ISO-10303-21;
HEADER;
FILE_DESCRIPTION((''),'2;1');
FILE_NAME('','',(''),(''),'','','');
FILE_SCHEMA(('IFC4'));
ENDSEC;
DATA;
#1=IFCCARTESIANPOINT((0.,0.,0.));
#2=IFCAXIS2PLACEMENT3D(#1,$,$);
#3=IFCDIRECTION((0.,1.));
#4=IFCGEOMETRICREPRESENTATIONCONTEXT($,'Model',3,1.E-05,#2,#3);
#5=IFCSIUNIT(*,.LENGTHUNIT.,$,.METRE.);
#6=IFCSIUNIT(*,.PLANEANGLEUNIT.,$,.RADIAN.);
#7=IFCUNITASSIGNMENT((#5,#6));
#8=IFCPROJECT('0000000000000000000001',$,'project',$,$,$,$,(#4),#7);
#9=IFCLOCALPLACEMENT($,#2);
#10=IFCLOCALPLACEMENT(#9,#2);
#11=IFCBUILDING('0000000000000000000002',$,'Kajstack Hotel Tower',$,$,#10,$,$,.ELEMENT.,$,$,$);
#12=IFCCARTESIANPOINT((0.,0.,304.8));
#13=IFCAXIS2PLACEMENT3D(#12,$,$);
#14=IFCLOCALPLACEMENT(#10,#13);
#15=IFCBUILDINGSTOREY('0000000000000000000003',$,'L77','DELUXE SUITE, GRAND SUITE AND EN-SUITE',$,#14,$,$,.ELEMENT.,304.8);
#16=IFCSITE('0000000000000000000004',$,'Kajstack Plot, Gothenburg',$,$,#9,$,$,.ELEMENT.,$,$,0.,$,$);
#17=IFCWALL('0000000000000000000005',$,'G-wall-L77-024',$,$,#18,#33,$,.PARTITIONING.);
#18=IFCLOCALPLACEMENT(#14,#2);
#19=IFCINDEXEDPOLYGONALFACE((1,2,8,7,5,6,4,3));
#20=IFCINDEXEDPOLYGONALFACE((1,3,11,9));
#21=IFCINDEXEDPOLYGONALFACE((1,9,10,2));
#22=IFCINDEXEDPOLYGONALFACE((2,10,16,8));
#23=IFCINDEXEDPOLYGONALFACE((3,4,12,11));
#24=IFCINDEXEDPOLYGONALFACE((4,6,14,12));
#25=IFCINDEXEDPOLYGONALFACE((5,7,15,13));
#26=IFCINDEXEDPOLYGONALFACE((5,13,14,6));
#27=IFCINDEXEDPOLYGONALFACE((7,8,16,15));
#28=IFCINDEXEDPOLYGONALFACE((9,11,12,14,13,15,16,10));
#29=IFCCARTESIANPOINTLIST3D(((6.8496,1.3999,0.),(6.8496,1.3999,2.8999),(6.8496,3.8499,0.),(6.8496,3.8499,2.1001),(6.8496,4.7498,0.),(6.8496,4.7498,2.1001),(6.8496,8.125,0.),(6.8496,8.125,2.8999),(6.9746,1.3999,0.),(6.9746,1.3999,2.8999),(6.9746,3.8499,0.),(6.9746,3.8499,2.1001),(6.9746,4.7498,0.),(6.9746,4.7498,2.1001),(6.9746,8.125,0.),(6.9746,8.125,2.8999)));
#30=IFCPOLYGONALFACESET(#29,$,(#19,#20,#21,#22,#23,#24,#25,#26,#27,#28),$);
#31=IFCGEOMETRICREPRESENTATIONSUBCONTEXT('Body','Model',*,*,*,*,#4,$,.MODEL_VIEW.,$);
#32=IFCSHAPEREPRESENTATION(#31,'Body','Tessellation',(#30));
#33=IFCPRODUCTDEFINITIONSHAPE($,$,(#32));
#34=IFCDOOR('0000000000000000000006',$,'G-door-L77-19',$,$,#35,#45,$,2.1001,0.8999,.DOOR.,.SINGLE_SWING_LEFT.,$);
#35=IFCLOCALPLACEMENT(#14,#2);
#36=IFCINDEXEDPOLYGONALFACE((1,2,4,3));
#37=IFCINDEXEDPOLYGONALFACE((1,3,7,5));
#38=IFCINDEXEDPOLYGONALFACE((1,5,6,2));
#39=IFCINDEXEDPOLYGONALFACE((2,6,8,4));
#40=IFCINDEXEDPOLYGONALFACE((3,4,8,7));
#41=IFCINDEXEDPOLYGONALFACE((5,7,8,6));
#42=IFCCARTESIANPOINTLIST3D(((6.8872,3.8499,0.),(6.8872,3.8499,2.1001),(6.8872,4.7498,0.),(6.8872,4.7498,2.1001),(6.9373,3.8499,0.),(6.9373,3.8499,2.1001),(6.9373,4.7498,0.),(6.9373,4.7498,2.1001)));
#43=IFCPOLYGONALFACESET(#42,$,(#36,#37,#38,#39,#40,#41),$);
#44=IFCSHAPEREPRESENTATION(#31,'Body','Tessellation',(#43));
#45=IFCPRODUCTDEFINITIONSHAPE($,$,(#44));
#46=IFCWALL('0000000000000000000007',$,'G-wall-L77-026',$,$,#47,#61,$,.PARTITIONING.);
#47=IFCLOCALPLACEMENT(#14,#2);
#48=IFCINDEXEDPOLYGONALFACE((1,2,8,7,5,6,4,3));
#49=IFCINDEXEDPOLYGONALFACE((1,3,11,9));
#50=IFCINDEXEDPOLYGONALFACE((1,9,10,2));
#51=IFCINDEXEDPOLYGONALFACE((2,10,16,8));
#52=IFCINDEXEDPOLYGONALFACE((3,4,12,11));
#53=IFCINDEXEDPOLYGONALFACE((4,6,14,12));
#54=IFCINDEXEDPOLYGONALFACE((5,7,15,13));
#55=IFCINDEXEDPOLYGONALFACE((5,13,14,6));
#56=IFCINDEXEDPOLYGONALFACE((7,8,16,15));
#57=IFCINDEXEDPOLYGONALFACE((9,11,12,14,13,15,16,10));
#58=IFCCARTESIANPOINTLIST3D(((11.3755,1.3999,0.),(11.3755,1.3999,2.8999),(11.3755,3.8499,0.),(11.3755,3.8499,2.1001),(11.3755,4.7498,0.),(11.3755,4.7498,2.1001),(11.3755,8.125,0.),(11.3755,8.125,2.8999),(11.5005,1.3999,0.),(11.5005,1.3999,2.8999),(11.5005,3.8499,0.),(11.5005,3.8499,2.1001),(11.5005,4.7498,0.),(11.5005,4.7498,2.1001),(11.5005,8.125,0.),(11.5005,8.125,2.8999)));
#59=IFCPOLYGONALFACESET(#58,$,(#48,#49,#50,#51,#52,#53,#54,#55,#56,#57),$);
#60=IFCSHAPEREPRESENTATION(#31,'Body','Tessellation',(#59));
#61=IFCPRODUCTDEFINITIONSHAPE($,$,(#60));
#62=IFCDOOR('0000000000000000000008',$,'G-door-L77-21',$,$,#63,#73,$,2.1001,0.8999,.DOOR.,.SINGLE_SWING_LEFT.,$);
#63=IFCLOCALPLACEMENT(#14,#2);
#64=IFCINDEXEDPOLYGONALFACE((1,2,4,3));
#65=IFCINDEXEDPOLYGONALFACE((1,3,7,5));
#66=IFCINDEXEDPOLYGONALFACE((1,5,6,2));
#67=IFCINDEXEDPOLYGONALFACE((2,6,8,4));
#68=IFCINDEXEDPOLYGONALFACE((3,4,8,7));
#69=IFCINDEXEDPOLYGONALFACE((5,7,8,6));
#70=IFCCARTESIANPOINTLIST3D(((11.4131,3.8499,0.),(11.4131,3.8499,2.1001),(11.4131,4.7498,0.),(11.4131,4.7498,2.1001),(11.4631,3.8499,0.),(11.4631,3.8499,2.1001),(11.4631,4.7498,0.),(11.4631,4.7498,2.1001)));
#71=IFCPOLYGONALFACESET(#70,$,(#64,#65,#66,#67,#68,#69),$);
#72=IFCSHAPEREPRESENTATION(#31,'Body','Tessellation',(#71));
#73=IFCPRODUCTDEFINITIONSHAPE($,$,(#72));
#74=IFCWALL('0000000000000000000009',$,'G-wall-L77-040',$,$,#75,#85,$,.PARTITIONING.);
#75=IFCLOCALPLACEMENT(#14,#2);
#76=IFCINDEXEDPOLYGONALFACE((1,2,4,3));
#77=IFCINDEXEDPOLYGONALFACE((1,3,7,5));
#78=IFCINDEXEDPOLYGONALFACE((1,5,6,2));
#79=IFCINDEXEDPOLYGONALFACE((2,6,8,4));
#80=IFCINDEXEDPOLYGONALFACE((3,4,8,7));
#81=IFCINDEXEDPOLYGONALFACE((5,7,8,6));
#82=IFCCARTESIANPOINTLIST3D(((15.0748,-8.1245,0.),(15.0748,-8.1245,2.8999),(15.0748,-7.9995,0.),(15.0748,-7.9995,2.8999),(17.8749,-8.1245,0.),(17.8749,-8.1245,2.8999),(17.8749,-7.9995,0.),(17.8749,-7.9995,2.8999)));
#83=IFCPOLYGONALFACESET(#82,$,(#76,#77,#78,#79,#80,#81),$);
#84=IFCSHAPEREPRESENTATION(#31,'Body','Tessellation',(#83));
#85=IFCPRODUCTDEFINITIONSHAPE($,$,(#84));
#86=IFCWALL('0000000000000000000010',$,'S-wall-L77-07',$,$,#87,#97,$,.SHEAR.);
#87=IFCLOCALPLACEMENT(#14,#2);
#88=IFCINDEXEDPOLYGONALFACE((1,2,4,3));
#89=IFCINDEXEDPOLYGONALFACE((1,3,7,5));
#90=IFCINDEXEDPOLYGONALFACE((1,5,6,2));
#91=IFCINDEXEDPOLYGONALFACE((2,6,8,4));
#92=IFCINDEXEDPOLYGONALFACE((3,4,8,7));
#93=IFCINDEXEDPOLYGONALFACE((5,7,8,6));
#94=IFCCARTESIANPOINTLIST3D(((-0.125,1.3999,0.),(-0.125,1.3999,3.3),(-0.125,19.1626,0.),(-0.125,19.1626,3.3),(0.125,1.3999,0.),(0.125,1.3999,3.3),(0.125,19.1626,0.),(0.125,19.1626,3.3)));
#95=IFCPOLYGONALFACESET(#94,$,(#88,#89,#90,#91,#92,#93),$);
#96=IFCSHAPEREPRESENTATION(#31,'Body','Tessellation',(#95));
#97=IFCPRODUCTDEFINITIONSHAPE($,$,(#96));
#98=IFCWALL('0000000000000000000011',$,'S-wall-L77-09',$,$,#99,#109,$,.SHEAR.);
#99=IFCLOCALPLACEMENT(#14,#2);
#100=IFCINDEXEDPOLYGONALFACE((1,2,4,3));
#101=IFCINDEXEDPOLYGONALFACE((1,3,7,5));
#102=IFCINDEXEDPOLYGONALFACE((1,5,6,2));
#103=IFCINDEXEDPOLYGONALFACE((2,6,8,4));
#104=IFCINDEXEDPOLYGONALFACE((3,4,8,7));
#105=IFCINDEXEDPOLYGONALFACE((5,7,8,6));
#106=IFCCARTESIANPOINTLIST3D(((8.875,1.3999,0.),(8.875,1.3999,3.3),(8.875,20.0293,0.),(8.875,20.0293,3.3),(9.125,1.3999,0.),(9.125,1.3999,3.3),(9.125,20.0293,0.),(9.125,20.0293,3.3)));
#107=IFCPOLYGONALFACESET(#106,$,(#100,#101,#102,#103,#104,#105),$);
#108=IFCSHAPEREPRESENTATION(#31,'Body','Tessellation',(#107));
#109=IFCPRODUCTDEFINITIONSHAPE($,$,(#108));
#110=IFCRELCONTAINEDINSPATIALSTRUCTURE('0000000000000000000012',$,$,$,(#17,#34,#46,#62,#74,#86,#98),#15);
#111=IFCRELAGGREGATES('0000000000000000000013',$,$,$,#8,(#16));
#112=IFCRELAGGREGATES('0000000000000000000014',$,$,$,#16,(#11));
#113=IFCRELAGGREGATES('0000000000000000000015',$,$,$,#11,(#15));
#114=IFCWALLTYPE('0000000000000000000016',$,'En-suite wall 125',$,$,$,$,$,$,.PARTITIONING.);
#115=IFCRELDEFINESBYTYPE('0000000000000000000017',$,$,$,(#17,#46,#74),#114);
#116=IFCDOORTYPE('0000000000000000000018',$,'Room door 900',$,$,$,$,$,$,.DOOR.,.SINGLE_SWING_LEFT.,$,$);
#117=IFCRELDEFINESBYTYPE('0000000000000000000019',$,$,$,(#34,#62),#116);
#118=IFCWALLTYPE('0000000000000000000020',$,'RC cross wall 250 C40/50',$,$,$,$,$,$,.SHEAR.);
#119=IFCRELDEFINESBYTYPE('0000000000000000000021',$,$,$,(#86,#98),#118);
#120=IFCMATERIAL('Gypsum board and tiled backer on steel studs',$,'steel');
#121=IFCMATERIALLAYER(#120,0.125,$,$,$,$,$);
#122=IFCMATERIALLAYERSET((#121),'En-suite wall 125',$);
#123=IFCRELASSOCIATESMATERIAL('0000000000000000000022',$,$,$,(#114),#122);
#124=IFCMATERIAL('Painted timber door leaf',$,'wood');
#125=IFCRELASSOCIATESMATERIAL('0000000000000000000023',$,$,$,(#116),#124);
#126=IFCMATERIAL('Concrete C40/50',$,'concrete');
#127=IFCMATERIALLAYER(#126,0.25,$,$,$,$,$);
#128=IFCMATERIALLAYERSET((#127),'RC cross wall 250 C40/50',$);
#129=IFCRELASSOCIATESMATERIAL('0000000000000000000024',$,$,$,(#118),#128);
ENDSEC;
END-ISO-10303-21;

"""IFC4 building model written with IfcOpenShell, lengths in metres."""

from ifc_helpers import new_model, si_unit, direction, frame, frame_2d, origin, place, context, subcontext, project, spatial, rectangle, extrude, material, layer, layer_set, type_object, element, fill, save


model = new_model("IFC4")

# Units and contexts
model_context = context("Model", 3, precision=1e-05, world=origin(), true_north=direction((0.0, 1.0)))
body_context = subcontext(model_context, "Body", "Model", "MODEL_VIEW")
ifc_project = project(units=[si_unit("LENGTHUNIT", "METRE"), si_unit("PLANEANGLEUNIT", "RADIAN")], contexts=[model_context])

# Site, building, storey
site_placement = place(None, origin())
site = spatial("IfcSite", under=ifc_project, at=site_placement, Name="Kajstack Plot, Gothenburg", CompositionType="ELEMENT", RefElevation=0.0)
building_placement = place(site_placement, origin())
building = spatial("IfcBuilding", under=site, at=building_placement, Name="Kajstack Hotel Tower", CompositionType="ELEMENT")
storey_placement = place(building_placement, frame((0.0, 0.0, 304.8)))
storey = spatial("IfcBuildingStorey", under=building, at=storey_placement, Name="L77", Description="DELUXE SUITE, GRAND SUITE AND EN-SUITE", CompositionType="ELEMENT", Elevation=304.8)

# Shared definitions
ifc_material_1 = material(Name="Concrete C40/50", Category="concrete")

# Walls, openings, doors
ifc_material_2 = material(Name="Gypsum board and tiled backer on steel studs", Category="steel")
ifc_layer_1 = layer(ifc_material_2, 0.125)
ifc_layer_set_1 = layer_set([ifc_layer_1], Name="En-suite wall 125")
wall_type_1 = type_object("IfcWallType", Name="En-suite wall 125", PredefinedType="PARTITIONING", material=ifc_layer_set_1)
ifc_material_3 = material(Name="Painted timber door leaf", Category="wood")
door_type = type_object("IfcDoorType", Name="Room door 900", OperationType="SINGLE_SWING_LEFT", PredefinedType="DOOR", material=ifc_material_3)
wall_1_placement = place(storey_placement, frame((6.9121, 1.3999, 0.0), z_axis=(0.0, 0.0, 1.0), x_axis=(0.0, 1.0, 0.0)))
wall_1 = element("IfcWall", 1, at=wall_1_placement, inside=storey, type_object=wall_type_1, Name="G-wall-L77-024", PredefinedType="PARTITIONING", context=body_context, shape_type="SweptSolid", body=[
    extrude(rectangle(XDim=6.7251, YDim=0.125, at=frame_2d((3.3625, 0.0))), origin(), (0.0, 0.0, 1.0), 2.8999),
])
opening_1_placement = place(wall_1_placement, frame((2.45, 0.0, 0.0)))
opening_1 = element("IfcOpeningElement", 2, at=opening_1_placement, cuts=wall_1, PredefinedType="OPENING", context=body_context, shape_type="SweptSolid", body=[
    extrude(rectangle(XDim=0.8999, YDim=2.1001, at=frame_2d((0.45, 1.05))), frame((0.0, 0.0725, 0.0), z_axis=(0.0, -1.0, 0.0), x_axis=(1.0, 0.0, 0.0)), (0.0, 0.0, 1.0), 0.145),
])
door_1_placement = place(opening_1_placement, origin())
door_1 = element("IfcDoor", 3, at=door_1_placement, inside=storey, type_object=door_type, Name="G-door-L77-19", OperationType="SINGLE_SWING_LEFT", OverallHeight=2.1001, OverallWidth=0.8999, PredefinedType="DOOR", context=body_context, shape_type="SweptSolid", body=[
    extrude(rectangle(XDim=0.8999, YDim=2.1001, at=frame_2d((0.45, 1.05))), frame((0.0, 0.0249, 0.0), z_axis=(0.0, -1.0, 0.0), x_axis=(1.0, 0.0, 0.0)), (0.0, 0.0, 1.0), 0.05),
])
fill(opening_1, door_1)
wall_2_placement = place(storey_placement, frame((11.438, 1.3999, 0.0), z_axis=(0.0, 0.0, 1.0), x_axis=(0.0, 1.0, 0.0)))
wall_2 = element("IfcWall", 4, at=wall_2_placement, inside=storey, type_object=wall_type_1, Name="G-wall-L77-026", PredefinedType="PARTITIONING", context=body_context, shape_type="SweptSolid", body=[
    extrude(rectangle(XDim=6.7251, YDim=0.125, at=frame_2d((3.3625, 0.0))), origin(), (0.0, 0.0, 1.0), 2.8999),
])
opening_2_placement = place(wall_2_placement, frame((2.45, 0.0, 0.0)))
opening_2 = element("IfcOpeningElement", 5, at=opening_2_placement, cuts=wall_2, PredefinedType="OPENING", context=body_context, shape_type="SweptSolid", body=[
    extrude(rectangle(XDim=0.8999, YDim=2.1001, at=frame_2d((0.45, 1.05))), frame((0.0, 0.0725, 0.0), z_axis=(0.0, -1.0, 0.0), x_axis=(1.0, 0.0, 0.0)), (0.0, 0.0, 1.0), 0.145),
])
door_2_placement = place(opening_2_placement, origin())
door_2 = element("IfcDoor", 6, at=door_2_placement, inside=storey, type_object=door_type, Name="G-door-L77-21", OperationType="SINGLE_SWING_LEFT", OverallHeight=2.1001, OverallWidth=0.8999, PredefinedType="DOOR", context=body_context, shape_type="SweptSolid", body=[
    extrude(rectangle(XDim=0.8999, YDim=2.1001, at=frame_2d((0.45, 1.05))), frame((0.0, 0.0249, 0.0), z_axis=(0.0, -1.0, 0.0), x_axis=(1.0, 0.0, 0.0)), (0.0, 0.0, 1.0), 0.05),
])
fill(opening_2, door_2)

# Walls
wall_3_placement = place(storey_placement, frame((15.075, -8.062, 0.0), z_axis=(0.0, 0.0, 1.0), x_axis=(1.0, 0.0, 0.0)))
element("IfcWall", 7, at=wall_3_placement, inside=storey, type_object=wall_type_1, Name="G-wall-L77-040", PredefinedType="PARTITIONING", context=body_context, shape_type="SweptSolid", body=[
    extrude(rectangle(XDim=2.8, YDim=0.125, at=frame_2d((1.3999, 0.0))), origin(), (0.0, 0.0, 1.0), 2.8999),
])
ifc_layer_2 = layer(ifc_material_1, 0.25)
ifc_layer_set_2 = layer_set([ifc_layer_2], Name="RC cross wall 250 C40/50")
wall_type_2 = type_object("IfcWallType", Name="RC cross wall 250 C40/50", PredefinedType="SHEAR", material=ifc_layer_set_2)
wall_4_placement = place(storey_placement, frame((0.0, 1.3999, 0.0), z_axis=(0.0, 0.0, 1.0), x_axis=(0.0, 1.0, 0.0)))
element("IfcWall", 8, at=wall_4_placement, inside=storey, type_object=wall_type_2, Name="S-wall-L77-07", PredefinedType="SHEAR", context=body_context, shape_type="SweptSolid", body=[
    extrude(rectangle(XDim=17.7627, YDim=0.25, at=frame_2d((8.8813, 0.0))), origin(), (0.0, 0.0, 1.0), 3.3),
])
wall_5_placement = place(storey_placement, frame((9.0, 1.3999, 0.0), z_axis=(0.0, 0.0, 1.0), x_axis=(0.0, 1.0, 0.0)))
element("IfcWall", 9, at=wall_5_placement, inside=storey, type_object=wall_type_2, Name="S-wall-L77-09", PredefinedType="SHEAR", context=body_context, shape_type="SweptSolid", body=[
    extrude(rectangle(XDim=18.6294, YDim=0.25, at=frame_2d((9.3147, 0.0))), origin(), (0.0, 0.0, 1.0), 3.3),
])

save(model, "model.ifc")
